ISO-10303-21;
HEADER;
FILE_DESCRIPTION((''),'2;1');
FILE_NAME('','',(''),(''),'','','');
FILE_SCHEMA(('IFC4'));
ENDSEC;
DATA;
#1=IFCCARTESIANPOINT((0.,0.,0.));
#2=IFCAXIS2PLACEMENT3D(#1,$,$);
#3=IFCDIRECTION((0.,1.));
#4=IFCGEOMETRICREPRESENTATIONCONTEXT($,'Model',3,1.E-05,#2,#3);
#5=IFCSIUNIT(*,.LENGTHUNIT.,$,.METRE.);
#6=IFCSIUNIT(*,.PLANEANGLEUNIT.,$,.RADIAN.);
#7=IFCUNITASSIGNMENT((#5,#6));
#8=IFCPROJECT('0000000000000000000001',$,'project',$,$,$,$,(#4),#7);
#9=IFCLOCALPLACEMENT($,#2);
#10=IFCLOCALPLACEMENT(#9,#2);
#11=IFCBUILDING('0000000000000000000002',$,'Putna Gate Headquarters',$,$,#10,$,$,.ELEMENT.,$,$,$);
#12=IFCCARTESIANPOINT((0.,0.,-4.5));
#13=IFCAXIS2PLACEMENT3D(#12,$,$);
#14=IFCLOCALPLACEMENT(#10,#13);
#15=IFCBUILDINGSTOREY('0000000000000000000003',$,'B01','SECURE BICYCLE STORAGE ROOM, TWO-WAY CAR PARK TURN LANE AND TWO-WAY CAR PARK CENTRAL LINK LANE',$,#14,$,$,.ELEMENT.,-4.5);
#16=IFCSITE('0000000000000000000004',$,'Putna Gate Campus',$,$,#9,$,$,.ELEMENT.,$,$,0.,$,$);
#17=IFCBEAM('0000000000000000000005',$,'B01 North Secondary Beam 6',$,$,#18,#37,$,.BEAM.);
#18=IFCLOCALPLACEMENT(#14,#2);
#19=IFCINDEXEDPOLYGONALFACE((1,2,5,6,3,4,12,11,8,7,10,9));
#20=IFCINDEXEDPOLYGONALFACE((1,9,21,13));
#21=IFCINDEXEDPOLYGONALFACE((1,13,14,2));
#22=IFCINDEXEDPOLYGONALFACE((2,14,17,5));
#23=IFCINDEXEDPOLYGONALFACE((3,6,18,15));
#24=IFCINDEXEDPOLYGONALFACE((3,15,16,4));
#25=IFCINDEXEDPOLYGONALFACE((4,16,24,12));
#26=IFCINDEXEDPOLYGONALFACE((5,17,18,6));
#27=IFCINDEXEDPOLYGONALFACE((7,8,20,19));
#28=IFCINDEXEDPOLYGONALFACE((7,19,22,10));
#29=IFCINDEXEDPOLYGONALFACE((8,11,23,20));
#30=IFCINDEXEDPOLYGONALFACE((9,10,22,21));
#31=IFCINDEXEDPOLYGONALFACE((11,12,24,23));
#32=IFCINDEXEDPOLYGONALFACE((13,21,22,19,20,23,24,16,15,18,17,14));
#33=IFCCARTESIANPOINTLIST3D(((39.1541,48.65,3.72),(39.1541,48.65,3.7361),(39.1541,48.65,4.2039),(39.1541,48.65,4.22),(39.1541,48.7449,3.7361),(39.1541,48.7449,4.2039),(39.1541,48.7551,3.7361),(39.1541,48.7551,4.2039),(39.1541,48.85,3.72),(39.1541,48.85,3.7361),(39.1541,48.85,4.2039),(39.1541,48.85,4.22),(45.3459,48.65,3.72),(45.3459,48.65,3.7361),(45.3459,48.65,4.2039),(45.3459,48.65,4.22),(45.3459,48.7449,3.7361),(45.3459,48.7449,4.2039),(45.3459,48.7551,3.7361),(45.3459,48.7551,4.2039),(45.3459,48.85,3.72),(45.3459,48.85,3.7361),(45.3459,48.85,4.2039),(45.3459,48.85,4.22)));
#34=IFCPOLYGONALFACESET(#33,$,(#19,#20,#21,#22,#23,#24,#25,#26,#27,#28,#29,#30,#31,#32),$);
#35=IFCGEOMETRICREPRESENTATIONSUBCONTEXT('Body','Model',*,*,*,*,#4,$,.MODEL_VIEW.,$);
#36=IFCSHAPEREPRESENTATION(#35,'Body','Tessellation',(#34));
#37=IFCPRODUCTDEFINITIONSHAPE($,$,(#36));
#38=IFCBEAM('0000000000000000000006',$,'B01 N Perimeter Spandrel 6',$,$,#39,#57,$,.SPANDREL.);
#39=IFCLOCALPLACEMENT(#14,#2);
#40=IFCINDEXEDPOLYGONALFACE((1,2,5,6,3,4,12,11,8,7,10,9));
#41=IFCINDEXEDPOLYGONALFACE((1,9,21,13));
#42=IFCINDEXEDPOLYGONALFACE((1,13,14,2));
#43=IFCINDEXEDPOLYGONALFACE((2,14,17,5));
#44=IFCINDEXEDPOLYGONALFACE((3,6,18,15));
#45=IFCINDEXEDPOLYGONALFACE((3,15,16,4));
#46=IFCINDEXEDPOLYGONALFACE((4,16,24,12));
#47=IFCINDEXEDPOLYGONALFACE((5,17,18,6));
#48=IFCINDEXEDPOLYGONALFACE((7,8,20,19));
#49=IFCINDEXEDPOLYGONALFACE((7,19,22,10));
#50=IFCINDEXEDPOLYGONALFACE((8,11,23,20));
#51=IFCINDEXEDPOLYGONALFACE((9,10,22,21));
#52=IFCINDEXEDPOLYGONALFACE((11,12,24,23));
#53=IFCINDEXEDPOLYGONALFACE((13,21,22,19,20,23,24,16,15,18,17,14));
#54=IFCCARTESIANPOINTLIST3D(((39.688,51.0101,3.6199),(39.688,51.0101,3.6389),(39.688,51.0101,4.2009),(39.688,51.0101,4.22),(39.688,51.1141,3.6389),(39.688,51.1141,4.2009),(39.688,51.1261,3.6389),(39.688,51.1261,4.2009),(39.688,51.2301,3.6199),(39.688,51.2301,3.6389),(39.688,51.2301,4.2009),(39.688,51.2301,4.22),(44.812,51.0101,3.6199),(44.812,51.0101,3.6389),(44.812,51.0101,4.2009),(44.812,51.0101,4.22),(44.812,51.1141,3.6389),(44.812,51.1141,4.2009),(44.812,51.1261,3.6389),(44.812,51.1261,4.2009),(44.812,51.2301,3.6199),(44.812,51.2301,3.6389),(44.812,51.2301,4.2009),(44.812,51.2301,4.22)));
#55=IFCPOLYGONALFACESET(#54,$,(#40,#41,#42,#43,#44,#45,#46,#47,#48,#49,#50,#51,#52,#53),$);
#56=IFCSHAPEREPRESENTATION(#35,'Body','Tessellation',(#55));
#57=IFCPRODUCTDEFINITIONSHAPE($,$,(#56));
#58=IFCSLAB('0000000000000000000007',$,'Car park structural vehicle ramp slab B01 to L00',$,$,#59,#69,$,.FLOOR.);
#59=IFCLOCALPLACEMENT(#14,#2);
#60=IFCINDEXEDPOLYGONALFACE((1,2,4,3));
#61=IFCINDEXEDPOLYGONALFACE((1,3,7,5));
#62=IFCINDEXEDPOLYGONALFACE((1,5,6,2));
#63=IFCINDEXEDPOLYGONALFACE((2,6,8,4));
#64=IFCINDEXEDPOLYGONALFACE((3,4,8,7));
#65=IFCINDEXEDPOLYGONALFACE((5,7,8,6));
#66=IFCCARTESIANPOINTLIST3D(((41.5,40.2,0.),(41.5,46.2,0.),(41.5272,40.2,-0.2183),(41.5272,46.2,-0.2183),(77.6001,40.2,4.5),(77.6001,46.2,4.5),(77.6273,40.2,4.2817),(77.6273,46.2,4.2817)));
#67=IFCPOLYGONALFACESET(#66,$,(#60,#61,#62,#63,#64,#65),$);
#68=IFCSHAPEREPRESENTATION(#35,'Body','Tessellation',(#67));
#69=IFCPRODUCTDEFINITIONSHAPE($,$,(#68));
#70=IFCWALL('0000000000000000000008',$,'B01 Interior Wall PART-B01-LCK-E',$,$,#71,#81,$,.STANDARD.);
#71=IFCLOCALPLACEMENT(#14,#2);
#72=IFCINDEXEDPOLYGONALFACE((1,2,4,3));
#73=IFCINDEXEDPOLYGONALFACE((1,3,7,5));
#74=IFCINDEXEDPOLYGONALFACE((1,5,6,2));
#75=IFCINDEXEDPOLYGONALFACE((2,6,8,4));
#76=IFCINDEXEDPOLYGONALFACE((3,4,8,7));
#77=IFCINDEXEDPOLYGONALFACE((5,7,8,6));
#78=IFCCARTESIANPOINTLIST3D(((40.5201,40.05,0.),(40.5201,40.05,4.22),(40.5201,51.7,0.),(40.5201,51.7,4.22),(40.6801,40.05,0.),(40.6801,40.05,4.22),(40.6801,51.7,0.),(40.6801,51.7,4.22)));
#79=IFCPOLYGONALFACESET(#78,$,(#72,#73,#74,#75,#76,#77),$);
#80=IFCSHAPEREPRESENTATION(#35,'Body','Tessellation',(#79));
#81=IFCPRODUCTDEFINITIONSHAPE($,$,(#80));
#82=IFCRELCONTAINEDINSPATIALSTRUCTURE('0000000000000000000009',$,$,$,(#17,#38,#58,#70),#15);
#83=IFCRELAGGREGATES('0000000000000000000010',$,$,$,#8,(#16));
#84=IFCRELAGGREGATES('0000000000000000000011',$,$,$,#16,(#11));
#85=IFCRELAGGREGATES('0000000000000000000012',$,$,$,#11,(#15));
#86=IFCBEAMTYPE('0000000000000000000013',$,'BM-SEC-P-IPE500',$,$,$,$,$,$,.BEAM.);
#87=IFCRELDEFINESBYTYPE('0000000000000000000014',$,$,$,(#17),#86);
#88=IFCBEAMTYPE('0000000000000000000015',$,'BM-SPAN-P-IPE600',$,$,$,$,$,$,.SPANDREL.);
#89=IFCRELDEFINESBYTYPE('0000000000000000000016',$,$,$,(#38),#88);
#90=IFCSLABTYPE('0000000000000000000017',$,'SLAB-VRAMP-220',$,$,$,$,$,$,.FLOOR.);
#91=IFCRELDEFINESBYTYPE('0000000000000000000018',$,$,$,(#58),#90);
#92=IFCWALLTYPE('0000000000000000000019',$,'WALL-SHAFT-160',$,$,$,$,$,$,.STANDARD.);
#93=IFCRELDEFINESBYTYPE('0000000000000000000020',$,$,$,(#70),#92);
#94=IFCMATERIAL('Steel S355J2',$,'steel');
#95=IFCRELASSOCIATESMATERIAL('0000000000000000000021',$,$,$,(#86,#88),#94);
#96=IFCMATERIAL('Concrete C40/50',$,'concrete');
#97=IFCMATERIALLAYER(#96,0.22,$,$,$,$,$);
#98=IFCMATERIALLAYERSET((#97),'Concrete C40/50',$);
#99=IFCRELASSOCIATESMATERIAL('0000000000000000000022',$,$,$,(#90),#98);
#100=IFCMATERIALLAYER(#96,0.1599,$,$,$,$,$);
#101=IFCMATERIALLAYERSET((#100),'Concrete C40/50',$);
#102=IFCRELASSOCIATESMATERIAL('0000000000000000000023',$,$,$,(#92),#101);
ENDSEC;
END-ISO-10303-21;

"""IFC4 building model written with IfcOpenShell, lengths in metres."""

from ifc_helpers import new_model, si_unit, direction, frame, frame_2d, origin, origin_2d, place, context, subcontext, project, spatial, polyline, rectangle, i_section, outline, extrude, material, layer, layer_set, material_profile, profile_set, type_object, element, save


model = new_model("IFC4")

# Units and contexts
model_context = context("Model", 3, precision=1e-05, world=origin(), true_north=direction((0.0, 1.0)))
body_context = subcontext(model_context, "Body", "Model", "MODEL_VIEW")
ifc_project = project(units=[si_unit("LENGTHUNIT", "METRE"), si_unit("PLANEANGLEUNIT", "RADIAN")], contexts=[model_context])

# Site, building, storey
site_placement = place(None, origin())
site = spatial("IfcSite", under=ifc_project, at=site_placement, Name="Putna Gate Campus", CompositionType="ELEMENT", RefElevation=0.0)
building_placement = place(site_placement, origin())
building = spatial("IfcBuilding", under=site, at=building_placement, Name="Putna Gate Headquarters", CompositionType="ELEMENT")
storey_placement = place(building_placement, frame((0.0, 0.0, -4.5)))
storey = spatial("IfcBuildingStorey", under=building, at=storey_placement, Name="B01", Description="SECURE BICYCLE STORAGE ROOM, TWO-WAY CAR PARK TURN LANE AND TWO-WAY CAR PARK CENTRAL LINK LANE", CompositionType="ELEMENT", Elevation=-4.5)

# Beams
ifc_material_1 = material(Name="Steel S355J2", Category="steel")
ifc_material_profile_1 = material_profile(ifc_material_1, i_section(OverallWidth=0.2, OverallDepth=0.5, WebThickness=0.0103, FlangeThickness=0.0161, at=origin_2d()), Name="Steel S355J2")
ifc_profile_set_1 = profile_set([ifc_material_profile_1], Name="Steel S355J2")
beam_type_1 = type_object("IfcBeamType", Name="BM-SEC-P-IPE500", PredefinedType="BEAM", material=ifc_profile_set_1)
for number, where, z_axis, x_axis, name in (
    (1, (39.1541, 48.75, 3.97), (1.0, 0.0, 0.0), (0.0, 1.0, 0.0), "B01 North Secondary Beam 6"),
):
    element("IfcBeam", number, at=place(storey_placement, frame(where, z_axis=z_axis, x_axis=x_axis)), inside=storey, type_object=beam_type_1, Name=name, PredefinedType="BEAM", context=body_context, shape_type="SweptSolid", body=[
        extrude(i_section(OverallWidth=0.2, OverallDepth=0.5, WebThickness=0.0103, FlangeThickness=0.0161, at=origin_2d()), origin(), (0.0, 0.0, 1.0), 6.1919),
    ])
ifc_material_profile_2 = material_profile(ifc_material_1, i_section(OverallWidth=0.22, OverallDepth=0.6001, WebThickness=0.012, FlangeThickness=0.019, at=origin_2d()), Name="Steel S355J2")
ifc_profile_set_2 = profile_set([ifc_material_profile_2], Name="Steel S355J2")
beam_type_2 = type_object("IfcBeamType", Name="BM-SPAN-P-IPE600", PredefinedType="SPANDREL", material=ifc_profile_set_2)
beam_1_placement = place(storey_placement, frame((39.688, 51.1201, 3.9199), z_axis=(1.0, 0.0, 0.0), x_axis=(0.0, 1.0, 0.0)))
element("IfcBeam", 2, at=beam_1_placement, inside=storey, type_object=beam_type_2, Name="B01 N Perimeter Spandrel 6", PredefinedType="SPANDREL", context=body_context, shape_type="SweptSolid", body=[
    extrude(i_section(OverallWidth=0.22, OverallDepth=0.6001, WebThickness=0.012, FlangeThickness=0.019, at=origin_2d()), origin(), (0.0, 0.0, 1.0), 5.124),
])

# Slab
ifc_material_2 = material(Name="Concrete C40/50", Category="concrete")
ifc_layer_1 = layer(ifc_material_2, 0.22)
ifc_layer_set_1 = layer_set([ifc_layer_1], Name="Concrete C40/50")
slab_type = type_object("IfcSlabType", Name="SLAB-VRAMP-220", PredefinedType="FLOOR", material=ifc_layer_set_1)
slab_placement = place(storey_placement, frame((41.5, 40.2, 0.0), z_axis=(-0.123696, 0.0, 0.99232), x_axis=(0.99232, 0.0, 0.123696)))
element("IfcSlab", 3, at=slab_placement, inside=storey, type_object=slab_type, Name="Car park structural vehicle ramp slab B01 to L00", PredefinedType="FLOOR", context=body_context, shape_type="SweptSolid", body=[
    extrude(outline(polyline([(0.0, 0.0), (36.3795, 0.0), (36.3795, 6.0), (0.0, 6.0), (0.0, 0.0)])), origin(), (0.0, 0.0, -1.0), 0.22),
])

# Wall
ifc_layer_2 = layer(ifc_material_2, 0.1599)
ifc_layer_set_2 = layer_set([ifc_layer_2], Name="Concrete C40/50")
wall_type = type_object("IfcWallType", Name="WALL-SHAFT-160", PredefinedType="STANDARD", material=ifc_layer_set_2)
wall_placement = place(storey_placement, frame((40.6001, 40.05, 0.0), z_axis=(0.0, 0.0, 1.0), x_axis=(0.0, 1.0, 0.0)))
element("IfcWall", 4, at=wall_placement, inside=storey, type_object=wall_type, Name="B01 Interior Wall PART-B01-LCK-E", PredefinedType="STANDARD", context=body_context, shape_type="SweptSolid", body=[
    extrude(rectangle(XDim=11.6499, YDim=0.1599, at=frame_2d((5.825, 0.0))), origin(), (0.0, 0.0, 1.0), 4.22),
])

save(model, "model.ifc")
